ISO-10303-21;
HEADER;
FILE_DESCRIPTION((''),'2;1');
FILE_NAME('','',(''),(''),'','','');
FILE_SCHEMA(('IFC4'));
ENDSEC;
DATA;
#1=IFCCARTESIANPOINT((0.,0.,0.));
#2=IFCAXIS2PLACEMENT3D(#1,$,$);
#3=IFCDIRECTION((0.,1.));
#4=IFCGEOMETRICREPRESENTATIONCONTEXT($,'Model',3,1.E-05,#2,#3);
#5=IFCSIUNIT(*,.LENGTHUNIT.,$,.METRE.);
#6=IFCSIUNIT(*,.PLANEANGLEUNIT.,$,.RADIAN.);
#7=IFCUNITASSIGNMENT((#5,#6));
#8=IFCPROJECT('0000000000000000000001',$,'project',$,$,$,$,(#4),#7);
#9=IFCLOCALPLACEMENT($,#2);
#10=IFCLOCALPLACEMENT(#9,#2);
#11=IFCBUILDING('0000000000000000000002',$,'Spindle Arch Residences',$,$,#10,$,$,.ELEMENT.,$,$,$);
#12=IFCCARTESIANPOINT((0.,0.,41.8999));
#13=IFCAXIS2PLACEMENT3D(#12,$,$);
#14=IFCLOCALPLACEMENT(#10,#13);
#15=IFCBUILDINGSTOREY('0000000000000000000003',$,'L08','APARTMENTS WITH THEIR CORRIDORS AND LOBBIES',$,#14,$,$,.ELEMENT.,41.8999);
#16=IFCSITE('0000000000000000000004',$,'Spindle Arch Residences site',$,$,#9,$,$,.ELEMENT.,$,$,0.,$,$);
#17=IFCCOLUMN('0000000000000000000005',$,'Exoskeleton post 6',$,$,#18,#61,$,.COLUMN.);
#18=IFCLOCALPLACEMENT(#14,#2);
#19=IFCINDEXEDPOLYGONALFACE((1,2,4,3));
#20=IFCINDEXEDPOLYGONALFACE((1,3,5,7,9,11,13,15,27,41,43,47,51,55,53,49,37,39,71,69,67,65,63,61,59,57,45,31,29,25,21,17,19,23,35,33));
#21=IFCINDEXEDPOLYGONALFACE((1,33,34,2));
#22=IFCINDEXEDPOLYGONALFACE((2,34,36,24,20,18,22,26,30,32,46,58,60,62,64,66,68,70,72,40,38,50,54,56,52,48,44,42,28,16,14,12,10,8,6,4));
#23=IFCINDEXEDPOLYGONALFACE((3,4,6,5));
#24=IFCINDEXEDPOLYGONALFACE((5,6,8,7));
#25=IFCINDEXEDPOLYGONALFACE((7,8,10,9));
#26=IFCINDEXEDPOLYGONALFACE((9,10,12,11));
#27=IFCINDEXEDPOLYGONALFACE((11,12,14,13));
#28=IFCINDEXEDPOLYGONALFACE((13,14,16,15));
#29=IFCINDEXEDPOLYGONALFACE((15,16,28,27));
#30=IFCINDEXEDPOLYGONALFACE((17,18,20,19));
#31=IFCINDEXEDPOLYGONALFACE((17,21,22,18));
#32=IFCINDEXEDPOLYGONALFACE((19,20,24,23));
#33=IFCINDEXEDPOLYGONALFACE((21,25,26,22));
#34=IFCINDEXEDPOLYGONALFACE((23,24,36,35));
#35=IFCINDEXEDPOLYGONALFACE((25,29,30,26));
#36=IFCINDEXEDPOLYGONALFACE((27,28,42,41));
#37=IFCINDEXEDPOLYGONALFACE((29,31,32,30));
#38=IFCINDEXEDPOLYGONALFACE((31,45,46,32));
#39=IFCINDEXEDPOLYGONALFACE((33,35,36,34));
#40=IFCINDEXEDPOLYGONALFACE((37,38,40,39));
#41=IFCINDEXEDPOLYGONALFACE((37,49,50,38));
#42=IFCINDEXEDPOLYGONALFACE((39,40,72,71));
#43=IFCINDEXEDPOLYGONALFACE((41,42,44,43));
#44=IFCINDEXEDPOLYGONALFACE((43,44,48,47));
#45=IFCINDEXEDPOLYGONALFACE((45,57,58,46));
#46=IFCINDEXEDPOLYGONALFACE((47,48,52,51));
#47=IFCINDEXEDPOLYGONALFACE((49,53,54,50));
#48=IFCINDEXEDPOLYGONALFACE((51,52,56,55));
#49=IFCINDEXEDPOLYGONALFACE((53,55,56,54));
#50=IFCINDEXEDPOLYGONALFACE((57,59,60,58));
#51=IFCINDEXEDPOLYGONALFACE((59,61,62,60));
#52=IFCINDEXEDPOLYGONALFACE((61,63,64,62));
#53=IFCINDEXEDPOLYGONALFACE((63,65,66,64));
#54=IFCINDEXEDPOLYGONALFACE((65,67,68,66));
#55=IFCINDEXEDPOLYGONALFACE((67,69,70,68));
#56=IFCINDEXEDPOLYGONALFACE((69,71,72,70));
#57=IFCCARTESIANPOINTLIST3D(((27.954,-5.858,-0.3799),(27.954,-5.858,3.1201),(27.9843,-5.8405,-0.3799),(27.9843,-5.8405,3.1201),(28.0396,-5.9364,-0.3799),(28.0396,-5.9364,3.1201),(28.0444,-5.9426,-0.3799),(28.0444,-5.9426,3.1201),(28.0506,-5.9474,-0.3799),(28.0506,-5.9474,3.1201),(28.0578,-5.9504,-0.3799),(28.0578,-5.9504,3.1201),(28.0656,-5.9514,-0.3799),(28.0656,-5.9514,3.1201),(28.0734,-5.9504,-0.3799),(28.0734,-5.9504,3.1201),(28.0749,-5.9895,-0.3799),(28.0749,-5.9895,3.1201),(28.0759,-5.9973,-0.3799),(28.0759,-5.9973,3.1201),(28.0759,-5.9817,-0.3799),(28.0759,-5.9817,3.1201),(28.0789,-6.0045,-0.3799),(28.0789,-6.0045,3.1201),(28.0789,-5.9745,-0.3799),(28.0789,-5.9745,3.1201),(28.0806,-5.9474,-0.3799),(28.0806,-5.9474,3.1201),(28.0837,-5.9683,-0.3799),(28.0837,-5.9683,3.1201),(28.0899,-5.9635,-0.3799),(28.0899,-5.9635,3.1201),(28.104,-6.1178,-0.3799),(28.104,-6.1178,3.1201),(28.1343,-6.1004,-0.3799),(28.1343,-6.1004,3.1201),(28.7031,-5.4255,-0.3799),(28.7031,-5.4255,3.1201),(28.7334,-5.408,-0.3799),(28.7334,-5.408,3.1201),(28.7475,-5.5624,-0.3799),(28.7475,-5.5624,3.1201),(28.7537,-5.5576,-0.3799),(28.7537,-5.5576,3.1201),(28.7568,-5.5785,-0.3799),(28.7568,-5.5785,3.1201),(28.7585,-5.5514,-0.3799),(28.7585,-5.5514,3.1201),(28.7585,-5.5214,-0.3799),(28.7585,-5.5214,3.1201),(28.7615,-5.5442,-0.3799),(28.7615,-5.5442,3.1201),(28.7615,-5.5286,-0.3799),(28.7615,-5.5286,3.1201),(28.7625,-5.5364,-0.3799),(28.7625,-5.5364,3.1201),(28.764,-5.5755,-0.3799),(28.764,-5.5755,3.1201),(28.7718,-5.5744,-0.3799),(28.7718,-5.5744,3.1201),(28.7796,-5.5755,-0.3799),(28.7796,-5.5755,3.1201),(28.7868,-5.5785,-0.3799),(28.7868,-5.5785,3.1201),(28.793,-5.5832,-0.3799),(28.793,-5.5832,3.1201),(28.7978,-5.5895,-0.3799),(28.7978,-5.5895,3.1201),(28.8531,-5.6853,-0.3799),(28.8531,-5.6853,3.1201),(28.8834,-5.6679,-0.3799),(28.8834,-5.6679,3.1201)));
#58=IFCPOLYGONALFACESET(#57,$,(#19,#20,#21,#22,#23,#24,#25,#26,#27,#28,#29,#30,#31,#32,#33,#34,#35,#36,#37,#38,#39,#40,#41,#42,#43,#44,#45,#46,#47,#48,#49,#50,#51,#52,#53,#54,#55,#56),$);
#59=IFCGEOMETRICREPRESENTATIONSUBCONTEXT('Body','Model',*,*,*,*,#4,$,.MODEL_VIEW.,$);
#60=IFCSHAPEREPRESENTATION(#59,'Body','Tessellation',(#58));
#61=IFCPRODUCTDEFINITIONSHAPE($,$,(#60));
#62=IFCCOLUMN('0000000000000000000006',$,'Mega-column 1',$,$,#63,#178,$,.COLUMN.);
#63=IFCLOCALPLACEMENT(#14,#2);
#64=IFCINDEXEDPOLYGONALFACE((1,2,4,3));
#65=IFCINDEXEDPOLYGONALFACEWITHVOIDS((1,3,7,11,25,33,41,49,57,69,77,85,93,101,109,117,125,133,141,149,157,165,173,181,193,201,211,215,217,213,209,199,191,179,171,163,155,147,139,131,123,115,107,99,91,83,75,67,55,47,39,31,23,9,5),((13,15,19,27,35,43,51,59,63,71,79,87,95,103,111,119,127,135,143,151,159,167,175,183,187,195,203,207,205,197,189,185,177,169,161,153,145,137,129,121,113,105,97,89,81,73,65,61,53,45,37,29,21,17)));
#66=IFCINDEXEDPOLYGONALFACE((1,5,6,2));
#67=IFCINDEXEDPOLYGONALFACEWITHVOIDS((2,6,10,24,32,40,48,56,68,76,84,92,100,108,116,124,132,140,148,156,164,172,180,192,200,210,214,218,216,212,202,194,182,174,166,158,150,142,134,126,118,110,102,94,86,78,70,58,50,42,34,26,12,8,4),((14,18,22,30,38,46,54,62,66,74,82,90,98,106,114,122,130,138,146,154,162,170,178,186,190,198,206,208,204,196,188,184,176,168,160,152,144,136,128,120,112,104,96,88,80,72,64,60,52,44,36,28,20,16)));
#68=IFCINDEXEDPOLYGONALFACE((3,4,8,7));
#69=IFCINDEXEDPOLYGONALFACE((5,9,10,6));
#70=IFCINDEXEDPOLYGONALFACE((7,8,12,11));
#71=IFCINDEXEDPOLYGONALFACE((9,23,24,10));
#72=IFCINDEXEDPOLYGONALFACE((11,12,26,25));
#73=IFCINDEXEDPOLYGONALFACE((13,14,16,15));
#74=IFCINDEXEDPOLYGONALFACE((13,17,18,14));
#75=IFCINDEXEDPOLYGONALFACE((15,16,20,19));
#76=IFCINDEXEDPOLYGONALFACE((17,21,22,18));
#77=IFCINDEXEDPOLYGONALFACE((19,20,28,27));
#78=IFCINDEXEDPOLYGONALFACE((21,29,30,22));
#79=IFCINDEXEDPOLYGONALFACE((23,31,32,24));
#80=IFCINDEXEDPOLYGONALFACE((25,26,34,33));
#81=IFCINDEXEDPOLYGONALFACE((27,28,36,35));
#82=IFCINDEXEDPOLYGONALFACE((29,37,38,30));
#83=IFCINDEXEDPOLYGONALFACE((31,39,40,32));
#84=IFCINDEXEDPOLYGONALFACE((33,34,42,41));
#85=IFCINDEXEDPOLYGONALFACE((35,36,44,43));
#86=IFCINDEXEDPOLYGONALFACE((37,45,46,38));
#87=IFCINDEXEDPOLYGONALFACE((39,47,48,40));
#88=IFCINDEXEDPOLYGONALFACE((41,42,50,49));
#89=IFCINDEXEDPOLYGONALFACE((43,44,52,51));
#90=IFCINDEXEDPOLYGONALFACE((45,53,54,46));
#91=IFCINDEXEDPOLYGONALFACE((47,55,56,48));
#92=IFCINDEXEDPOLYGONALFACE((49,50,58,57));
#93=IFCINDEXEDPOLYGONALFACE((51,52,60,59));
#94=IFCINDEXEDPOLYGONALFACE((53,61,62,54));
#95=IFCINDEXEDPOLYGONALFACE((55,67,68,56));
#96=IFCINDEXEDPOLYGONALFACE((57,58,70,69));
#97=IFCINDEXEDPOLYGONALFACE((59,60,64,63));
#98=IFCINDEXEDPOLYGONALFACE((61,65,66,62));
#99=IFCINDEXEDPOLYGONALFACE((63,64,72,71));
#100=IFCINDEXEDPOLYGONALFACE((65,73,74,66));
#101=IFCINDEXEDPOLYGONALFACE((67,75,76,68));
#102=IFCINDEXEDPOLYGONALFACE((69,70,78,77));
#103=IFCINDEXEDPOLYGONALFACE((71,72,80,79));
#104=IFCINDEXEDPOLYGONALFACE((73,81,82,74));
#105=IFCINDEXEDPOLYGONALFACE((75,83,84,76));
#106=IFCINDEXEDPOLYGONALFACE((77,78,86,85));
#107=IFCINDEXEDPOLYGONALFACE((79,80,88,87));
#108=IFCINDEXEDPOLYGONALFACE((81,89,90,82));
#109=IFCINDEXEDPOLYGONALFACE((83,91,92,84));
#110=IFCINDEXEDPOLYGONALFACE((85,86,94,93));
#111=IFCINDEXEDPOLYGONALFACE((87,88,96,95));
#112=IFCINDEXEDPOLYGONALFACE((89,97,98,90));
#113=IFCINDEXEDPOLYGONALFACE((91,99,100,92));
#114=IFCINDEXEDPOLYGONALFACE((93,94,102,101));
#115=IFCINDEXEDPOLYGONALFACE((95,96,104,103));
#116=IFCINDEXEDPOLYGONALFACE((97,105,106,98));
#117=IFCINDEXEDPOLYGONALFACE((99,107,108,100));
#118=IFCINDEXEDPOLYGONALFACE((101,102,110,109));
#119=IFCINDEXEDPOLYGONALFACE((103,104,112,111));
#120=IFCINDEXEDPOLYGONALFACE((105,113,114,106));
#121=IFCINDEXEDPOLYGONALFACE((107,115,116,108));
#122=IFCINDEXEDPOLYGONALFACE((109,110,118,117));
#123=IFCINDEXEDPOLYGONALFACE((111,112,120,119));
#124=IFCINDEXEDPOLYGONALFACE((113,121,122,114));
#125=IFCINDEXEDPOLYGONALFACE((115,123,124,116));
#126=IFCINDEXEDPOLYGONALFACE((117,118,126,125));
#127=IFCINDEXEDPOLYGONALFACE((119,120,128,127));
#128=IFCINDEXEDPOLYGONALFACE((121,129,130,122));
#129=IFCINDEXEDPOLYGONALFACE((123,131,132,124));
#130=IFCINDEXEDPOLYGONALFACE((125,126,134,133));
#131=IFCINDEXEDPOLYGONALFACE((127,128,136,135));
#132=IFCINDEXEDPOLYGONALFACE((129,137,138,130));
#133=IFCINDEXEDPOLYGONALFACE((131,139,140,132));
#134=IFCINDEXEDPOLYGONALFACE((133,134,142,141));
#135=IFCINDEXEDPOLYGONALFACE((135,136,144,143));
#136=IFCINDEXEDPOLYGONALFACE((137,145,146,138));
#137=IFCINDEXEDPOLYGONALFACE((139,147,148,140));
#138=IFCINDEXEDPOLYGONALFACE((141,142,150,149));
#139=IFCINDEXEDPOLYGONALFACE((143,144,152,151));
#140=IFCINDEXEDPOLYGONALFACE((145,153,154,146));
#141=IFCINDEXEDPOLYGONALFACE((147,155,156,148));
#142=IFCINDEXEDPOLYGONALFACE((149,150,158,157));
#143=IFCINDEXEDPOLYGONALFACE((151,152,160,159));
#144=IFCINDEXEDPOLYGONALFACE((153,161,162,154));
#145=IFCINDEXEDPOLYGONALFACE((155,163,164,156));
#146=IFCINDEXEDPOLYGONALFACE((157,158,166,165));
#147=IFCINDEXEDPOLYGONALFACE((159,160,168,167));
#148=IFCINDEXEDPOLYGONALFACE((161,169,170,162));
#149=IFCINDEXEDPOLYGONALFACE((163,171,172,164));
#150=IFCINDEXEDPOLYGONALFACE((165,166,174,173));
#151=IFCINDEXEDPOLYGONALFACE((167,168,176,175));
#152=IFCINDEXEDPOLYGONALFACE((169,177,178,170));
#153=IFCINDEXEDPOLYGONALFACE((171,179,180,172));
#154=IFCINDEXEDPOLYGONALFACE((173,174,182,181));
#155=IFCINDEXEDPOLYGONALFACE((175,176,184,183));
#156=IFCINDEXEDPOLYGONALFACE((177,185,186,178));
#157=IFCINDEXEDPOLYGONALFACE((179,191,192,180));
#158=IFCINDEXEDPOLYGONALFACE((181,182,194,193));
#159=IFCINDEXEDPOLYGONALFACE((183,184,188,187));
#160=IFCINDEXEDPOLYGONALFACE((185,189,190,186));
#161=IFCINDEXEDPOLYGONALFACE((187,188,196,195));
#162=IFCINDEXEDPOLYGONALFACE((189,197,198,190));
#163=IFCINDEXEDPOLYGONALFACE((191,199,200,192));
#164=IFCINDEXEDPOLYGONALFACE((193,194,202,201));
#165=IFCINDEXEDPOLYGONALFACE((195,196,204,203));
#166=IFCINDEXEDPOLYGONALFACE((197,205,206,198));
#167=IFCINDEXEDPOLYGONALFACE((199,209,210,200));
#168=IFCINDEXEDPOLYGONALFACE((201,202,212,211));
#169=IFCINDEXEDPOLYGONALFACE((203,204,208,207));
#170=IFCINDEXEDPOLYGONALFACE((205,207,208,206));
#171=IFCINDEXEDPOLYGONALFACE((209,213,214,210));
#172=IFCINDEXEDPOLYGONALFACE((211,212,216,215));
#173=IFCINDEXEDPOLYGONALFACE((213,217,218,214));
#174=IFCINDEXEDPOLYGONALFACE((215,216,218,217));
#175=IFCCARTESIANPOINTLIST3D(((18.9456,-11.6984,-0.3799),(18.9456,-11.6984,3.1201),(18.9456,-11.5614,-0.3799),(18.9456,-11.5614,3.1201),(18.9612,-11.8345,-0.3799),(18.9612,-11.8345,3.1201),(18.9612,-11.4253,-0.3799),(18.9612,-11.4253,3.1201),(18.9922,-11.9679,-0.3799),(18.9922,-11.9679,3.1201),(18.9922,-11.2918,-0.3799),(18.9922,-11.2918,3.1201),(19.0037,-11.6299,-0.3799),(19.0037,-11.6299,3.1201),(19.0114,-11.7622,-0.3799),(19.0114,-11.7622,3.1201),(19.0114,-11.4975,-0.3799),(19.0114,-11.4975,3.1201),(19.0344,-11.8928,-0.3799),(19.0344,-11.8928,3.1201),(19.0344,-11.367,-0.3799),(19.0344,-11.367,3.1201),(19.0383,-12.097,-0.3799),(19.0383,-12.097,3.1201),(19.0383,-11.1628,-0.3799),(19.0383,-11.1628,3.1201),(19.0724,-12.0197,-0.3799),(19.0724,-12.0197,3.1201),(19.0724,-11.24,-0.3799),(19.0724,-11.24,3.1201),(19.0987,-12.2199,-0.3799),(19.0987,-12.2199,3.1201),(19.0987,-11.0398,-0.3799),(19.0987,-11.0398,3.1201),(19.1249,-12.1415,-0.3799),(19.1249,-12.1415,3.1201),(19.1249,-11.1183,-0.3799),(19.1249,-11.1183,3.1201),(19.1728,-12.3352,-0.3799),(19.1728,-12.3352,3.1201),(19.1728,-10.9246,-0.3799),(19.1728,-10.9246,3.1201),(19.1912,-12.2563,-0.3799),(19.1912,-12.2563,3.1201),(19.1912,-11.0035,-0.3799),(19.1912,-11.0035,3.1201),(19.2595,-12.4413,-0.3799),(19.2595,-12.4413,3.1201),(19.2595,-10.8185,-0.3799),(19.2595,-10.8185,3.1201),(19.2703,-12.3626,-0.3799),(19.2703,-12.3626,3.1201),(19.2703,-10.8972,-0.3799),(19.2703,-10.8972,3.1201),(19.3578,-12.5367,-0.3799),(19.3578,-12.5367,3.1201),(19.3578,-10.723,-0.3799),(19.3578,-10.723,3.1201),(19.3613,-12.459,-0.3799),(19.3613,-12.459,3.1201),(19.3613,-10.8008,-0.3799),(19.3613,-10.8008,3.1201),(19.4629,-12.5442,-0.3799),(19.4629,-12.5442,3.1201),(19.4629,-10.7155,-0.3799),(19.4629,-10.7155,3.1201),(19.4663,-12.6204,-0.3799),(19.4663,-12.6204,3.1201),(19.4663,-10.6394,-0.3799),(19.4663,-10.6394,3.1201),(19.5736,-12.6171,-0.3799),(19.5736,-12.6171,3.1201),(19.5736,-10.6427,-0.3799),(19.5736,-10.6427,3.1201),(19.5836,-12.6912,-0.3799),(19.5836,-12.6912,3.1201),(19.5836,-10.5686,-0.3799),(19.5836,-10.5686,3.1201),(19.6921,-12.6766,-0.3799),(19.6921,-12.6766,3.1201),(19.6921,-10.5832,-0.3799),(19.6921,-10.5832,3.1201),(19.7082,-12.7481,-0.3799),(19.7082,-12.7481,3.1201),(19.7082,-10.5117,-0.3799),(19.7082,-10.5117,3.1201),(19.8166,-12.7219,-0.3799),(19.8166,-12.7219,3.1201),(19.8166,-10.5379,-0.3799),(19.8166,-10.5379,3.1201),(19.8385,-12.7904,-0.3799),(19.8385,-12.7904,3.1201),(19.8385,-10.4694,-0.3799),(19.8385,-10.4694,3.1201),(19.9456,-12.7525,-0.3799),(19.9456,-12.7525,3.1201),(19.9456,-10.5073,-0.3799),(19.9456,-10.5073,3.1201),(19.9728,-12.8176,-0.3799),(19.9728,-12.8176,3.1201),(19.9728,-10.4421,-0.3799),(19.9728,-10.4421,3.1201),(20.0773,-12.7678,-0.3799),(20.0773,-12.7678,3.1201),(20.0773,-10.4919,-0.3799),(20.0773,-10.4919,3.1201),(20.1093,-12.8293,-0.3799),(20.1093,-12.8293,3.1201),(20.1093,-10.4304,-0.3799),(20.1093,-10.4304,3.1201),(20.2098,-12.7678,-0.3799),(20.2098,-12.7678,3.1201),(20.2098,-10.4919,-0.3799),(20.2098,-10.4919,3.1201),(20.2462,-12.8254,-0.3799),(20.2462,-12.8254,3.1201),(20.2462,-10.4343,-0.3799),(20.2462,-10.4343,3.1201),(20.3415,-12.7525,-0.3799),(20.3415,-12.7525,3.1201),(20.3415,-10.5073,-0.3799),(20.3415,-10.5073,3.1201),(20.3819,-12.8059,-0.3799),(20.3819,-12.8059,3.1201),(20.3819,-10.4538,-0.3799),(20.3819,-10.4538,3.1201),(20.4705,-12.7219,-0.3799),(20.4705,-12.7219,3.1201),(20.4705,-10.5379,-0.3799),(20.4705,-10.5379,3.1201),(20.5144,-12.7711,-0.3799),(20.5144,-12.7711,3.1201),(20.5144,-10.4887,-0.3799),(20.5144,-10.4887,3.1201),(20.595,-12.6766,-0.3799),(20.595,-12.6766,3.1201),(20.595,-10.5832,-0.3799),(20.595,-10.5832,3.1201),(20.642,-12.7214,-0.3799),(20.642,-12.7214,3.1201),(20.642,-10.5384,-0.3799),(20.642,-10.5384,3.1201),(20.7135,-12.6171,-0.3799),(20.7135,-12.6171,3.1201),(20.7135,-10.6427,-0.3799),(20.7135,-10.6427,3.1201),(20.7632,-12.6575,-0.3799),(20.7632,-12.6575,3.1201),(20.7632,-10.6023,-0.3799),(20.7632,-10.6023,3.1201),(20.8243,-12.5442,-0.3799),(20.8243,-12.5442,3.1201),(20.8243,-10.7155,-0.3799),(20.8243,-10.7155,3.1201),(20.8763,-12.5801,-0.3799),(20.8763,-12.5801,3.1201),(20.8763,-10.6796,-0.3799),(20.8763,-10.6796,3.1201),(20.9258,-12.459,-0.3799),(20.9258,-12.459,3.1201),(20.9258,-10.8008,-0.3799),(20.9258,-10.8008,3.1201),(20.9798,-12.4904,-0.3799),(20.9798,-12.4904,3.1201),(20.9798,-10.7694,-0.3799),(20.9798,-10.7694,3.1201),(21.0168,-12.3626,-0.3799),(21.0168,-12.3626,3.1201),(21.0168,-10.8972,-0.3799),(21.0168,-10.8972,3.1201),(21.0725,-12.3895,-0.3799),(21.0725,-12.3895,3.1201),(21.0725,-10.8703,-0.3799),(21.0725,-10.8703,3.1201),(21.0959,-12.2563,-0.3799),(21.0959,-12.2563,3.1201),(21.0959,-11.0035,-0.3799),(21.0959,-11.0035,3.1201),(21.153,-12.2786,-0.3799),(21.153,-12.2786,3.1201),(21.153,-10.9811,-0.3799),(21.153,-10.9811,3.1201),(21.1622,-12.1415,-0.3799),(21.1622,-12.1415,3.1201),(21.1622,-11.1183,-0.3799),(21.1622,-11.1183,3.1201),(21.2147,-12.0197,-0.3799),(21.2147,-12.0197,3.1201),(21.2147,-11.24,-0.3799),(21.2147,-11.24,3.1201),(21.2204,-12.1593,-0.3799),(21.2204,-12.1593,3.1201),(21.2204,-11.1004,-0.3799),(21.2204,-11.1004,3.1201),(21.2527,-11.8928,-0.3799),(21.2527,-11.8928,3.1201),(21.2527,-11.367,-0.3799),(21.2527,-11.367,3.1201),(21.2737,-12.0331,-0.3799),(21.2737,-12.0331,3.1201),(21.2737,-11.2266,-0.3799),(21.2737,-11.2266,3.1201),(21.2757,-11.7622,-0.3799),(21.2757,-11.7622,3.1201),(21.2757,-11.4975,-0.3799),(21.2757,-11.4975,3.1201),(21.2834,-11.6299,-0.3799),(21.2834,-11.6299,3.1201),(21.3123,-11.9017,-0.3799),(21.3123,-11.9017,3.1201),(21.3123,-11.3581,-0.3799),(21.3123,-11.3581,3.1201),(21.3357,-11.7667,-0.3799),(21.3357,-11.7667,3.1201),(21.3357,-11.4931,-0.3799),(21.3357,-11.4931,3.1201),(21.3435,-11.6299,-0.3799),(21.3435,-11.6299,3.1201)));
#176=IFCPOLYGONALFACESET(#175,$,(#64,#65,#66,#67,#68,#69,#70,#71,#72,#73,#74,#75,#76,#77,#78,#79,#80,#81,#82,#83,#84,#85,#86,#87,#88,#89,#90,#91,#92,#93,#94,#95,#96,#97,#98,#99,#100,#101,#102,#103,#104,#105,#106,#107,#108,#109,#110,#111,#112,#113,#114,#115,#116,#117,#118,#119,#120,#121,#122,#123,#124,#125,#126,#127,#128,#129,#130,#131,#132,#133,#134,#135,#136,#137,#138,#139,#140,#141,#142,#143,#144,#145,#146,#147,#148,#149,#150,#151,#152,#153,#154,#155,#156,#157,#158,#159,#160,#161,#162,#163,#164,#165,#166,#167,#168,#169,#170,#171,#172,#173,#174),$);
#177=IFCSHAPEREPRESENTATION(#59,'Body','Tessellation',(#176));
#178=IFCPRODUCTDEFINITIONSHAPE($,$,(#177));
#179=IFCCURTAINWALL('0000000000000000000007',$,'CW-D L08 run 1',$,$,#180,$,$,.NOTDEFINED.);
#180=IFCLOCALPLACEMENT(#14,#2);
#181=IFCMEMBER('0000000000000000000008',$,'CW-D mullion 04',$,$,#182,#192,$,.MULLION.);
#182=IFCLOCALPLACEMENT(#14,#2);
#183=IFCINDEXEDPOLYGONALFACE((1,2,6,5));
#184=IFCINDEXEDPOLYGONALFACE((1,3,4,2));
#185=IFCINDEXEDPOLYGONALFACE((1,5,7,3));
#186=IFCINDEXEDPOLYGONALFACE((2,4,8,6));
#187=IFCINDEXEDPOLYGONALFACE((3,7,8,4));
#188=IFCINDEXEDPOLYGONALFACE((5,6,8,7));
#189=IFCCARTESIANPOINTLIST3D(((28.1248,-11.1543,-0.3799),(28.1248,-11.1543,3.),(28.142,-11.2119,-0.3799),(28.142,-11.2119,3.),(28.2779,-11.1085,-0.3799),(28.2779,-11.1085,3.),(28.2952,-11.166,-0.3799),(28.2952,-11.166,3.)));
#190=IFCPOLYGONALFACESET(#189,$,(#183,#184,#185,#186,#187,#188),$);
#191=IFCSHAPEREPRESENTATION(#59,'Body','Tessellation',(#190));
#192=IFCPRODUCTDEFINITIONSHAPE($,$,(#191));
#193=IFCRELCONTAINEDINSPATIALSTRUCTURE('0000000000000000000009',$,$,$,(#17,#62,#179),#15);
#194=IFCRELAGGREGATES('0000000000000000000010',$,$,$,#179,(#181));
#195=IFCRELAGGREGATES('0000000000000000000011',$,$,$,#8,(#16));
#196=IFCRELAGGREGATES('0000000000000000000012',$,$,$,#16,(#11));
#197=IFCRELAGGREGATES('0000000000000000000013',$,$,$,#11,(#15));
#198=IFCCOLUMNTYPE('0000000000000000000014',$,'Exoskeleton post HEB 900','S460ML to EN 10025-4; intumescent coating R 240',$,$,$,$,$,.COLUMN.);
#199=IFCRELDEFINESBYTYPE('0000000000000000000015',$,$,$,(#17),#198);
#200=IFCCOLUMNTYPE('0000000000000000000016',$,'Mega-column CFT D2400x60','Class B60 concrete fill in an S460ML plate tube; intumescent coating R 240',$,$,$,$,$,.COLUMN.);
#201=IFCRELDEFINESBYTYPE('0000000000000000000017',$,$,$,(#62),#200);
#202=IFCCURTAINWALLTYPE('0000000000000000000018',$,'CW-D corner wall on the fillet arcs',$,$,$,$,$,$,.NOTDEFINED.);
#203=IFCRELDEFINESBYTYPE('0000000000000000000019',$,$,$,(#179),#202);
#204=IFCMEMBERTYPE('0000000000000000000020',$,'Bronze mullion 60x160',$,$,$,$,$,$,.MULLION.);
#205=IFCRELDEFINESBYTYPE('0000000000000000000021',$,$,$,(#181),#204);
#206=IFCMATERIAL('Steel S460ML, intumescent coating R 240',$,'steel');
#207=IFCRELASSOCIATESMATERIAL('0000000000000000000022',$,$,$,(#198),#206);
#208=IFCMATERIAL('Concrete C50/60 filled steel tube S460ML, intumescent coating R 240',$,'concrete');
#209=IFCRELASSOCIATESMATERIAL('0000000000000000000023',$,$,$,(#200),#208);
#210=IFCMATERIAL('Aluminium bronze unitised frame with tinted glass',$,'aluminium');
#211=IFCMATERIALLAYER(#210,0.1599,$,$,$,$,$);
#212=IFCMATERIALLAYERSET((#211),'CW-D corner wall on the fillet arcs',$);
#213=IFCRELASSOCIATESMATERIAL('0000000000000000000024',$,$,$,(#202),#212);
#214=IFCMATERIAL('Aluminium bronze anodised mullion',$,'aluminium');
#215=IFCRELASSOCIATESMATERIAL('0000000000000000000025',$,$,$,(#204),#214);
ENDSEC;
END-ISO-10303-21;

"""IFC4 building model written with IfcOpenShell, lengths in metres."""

from ifc_helpers import new_model, si_unit, direction, frame, origin, origin_2d, place, context, subcontext, project, spatial, rectangle, hollow_circle, i_section, extrude, material, layer, layer_set, material_profile, profile_set, type_object, element, aggregate, save


model = new_model("IFC4")

# Units and contexts
model_context = context("Model", 3, precision=1e-05, world=origin(), true_north=direction((0.0, 1.0)))
body_context = subcontext(model_context, "Body", "Model", "MODEL_VIEW")
ifc_project = project(units=[si_unit("LENGTHUNIT", "METRE"), si_unit("PLANEANGLEUNIT", "RADIAN")], contexts=[model_context])

# Site, building, storey
site_placement = place(None, origin())
site = spatial("IfcSite", under=ifc_project, at=site_placement, Name="Spindle Arch Residences site", CompositionType="ELEMENT", RefElevation=0.0)
building_placement = place(site_placement, origin())
building = spatial("IfcBuilding", under=site, at=building_placement, Name="Spindle Arch Residences", CompositionType="ELEMENT")
storey_placement = place(building_placement, frame((0.0, 0.0, 41.8999)))
storey = spatial("IfcBuildingStorey", under=building, at=storey_placement, Name="L08", Description="APARTMENTS WITH THEIR CORRIDORS AND LOBBIES", CompositionType="ELEMENT", Elevation=41.8999)

# Columns
ifc_material_1 = material(Name="Steel S460ML, intumescent coating R 240", Category="steel")
ifc_material_profile_1 = material_profile(ifc_material_1, i_section(OverallWidth=0.3, OverallDepth=0.8999, WebThickness=0.0186, FlangeThickness=0.0349, FilletRadius=0.03, at=origin_2d()), Name="HEB 900")
ifc_profile_set_1 = profile_set([ifc_material_profile_1], Name="Steel S460ML, intumescent coating R 240")
column_type_1 = type_object("IfcColumnType", Name="Exoskeleton post HEB 900", Description="S460ML to EN 10025-4; intumescent coating R 240", PredefinedType="COLUMN", material=ifc_profile_set_1)
column_1_placement = place(storey_placement, frame((28.4187, -5.7629, -0.3799), z_axis=(0.0, 0.0, 1.0), x_axis=(0.5, -0.866025, 0.0)))
element("IfcColumn", 1, at=column_1_placement, inside=storey, type_object=column_type_1, Name="Exoskeleton post 6", PredefinedType="COLUMN", context=body_context, shape_type="SweptSolid", body=[
    extrude(i_section(OverallWidth=0.3, OverallDepth=0.8999, WebThickness=0.0186, FlangeThickness=0.0349, FilletRadius=0.03, at=origin_2d()), origin(), (0.0, 0.0, 1.0), 3.5),
])
ifc_material_2 = material(Name="Concrete C50/60 filled steel tube S460ML, intumescent coating R 240", Category="concrete")
ifc_material_profile_2 = material_profile(ifc_material_2, hollow_circle(Radius=1.2, WallThickness=0.0601, at=origin_2d()), Name="CFT D2400x60")
ifc_profile_set_2 = profile_set([ifc_material_profile_2], Name="Concrete C50/60 filled steel tube S460ML, intumescent coating R 240")
column_type_2 = type_object("IfcColumnType", Name="Mega-column CFT D2400x60", Description="Class B60 concrete fill in an S460ML plate tube; intumescent coating R 240", PredefinedType="COLUMN", material=ifc_profile_set_2)
column_2_placement = place(storey_placement, frame((20.1436, -11.6299, -0.3799), z_axis=(0.0, 0.0, 1.0), x_axis=(1.0, 0.0, 0.0)))
element("IfcColumn", 2, at=column_2_placement, inside=storey, type_object=column_type_2, Name="Mega-column 1", PredefinedType="COLUMN", context=body_context, shape_type="SweptSolid", body=[
    extrude(hollow_circle(Radius=1.2, WallThickness=0.0601, at=origin_2d()), origin(), (0.0, 0.0, 1.0), 3.5),
])

# Curtain wall, member
ifc_material_3 = material(Name="Aluminium bronze unitised frame with tinted glass", Category="aluminium")
ifc_layer_1 = layer(ifc_material_3, 0.1599)
ifc_layer_set_1 = layer_set([ifc_layer_1], Name="CW-D corner wall on the fillet arcs")
curtain_wall_type_1 = type_object("IfcCurtainWallType", Name="CW-D corner wall on the fillet arcs", PredefinedType="NOTDEFINED", material=ifc_layer_set_1)
curtain_wall_1_placement = place(storey_placement, origin())
curtain_wall_1 = element("IfcCurtainWall", 3, at=curtain_wall_1_placement, inside=storey, type_object=curtain_wall_type_1, Name="CW-D L08 run 1", PredefinedType="NOTDEFINED")
ifc_material_4 = material(Name="Aluminium bronze anodised mullion", Category="aluminium")
ifc_material_profile_3 = material_profile(ifc_material_4, rectangle(XDim=0.1599, YDim=0.0601, at=origin_2d()), Name="MU 60x160")
ifc_profile_set_3 = profile_set([ifc_material_profile_3], Name="Aluminium bronze anodised mullion")
member_type_1 = type_object("IfcMemberType", Name="Bronze mullion 60x160", PredefinedType="MULLION", material=ifc_profile_set_3)
member_1_placement = place(storey_placement, frame((28.21, -11.1602, -0.3799), z_axis=(0.0, 0.0, 1.0), x_axis=(-0.95799, -0.286803, 0.0)))
member_1 = element("IfcMember", 4, at=member_1_placement, type_object=member_type_1, Name="CW-D mullion 04", PredefinedType="MULLION", context=body_context, shape_type="SweptSolid", body=[
    extrude(rectangle(XDim=0.1599, YDim=0.0601, at=origin_2d()), origin(), (0.0, 0.0, 1.0), 3.3799),
])

aggregate(curtain_wall_1, [member_1])

save(model, "model.ifc")
